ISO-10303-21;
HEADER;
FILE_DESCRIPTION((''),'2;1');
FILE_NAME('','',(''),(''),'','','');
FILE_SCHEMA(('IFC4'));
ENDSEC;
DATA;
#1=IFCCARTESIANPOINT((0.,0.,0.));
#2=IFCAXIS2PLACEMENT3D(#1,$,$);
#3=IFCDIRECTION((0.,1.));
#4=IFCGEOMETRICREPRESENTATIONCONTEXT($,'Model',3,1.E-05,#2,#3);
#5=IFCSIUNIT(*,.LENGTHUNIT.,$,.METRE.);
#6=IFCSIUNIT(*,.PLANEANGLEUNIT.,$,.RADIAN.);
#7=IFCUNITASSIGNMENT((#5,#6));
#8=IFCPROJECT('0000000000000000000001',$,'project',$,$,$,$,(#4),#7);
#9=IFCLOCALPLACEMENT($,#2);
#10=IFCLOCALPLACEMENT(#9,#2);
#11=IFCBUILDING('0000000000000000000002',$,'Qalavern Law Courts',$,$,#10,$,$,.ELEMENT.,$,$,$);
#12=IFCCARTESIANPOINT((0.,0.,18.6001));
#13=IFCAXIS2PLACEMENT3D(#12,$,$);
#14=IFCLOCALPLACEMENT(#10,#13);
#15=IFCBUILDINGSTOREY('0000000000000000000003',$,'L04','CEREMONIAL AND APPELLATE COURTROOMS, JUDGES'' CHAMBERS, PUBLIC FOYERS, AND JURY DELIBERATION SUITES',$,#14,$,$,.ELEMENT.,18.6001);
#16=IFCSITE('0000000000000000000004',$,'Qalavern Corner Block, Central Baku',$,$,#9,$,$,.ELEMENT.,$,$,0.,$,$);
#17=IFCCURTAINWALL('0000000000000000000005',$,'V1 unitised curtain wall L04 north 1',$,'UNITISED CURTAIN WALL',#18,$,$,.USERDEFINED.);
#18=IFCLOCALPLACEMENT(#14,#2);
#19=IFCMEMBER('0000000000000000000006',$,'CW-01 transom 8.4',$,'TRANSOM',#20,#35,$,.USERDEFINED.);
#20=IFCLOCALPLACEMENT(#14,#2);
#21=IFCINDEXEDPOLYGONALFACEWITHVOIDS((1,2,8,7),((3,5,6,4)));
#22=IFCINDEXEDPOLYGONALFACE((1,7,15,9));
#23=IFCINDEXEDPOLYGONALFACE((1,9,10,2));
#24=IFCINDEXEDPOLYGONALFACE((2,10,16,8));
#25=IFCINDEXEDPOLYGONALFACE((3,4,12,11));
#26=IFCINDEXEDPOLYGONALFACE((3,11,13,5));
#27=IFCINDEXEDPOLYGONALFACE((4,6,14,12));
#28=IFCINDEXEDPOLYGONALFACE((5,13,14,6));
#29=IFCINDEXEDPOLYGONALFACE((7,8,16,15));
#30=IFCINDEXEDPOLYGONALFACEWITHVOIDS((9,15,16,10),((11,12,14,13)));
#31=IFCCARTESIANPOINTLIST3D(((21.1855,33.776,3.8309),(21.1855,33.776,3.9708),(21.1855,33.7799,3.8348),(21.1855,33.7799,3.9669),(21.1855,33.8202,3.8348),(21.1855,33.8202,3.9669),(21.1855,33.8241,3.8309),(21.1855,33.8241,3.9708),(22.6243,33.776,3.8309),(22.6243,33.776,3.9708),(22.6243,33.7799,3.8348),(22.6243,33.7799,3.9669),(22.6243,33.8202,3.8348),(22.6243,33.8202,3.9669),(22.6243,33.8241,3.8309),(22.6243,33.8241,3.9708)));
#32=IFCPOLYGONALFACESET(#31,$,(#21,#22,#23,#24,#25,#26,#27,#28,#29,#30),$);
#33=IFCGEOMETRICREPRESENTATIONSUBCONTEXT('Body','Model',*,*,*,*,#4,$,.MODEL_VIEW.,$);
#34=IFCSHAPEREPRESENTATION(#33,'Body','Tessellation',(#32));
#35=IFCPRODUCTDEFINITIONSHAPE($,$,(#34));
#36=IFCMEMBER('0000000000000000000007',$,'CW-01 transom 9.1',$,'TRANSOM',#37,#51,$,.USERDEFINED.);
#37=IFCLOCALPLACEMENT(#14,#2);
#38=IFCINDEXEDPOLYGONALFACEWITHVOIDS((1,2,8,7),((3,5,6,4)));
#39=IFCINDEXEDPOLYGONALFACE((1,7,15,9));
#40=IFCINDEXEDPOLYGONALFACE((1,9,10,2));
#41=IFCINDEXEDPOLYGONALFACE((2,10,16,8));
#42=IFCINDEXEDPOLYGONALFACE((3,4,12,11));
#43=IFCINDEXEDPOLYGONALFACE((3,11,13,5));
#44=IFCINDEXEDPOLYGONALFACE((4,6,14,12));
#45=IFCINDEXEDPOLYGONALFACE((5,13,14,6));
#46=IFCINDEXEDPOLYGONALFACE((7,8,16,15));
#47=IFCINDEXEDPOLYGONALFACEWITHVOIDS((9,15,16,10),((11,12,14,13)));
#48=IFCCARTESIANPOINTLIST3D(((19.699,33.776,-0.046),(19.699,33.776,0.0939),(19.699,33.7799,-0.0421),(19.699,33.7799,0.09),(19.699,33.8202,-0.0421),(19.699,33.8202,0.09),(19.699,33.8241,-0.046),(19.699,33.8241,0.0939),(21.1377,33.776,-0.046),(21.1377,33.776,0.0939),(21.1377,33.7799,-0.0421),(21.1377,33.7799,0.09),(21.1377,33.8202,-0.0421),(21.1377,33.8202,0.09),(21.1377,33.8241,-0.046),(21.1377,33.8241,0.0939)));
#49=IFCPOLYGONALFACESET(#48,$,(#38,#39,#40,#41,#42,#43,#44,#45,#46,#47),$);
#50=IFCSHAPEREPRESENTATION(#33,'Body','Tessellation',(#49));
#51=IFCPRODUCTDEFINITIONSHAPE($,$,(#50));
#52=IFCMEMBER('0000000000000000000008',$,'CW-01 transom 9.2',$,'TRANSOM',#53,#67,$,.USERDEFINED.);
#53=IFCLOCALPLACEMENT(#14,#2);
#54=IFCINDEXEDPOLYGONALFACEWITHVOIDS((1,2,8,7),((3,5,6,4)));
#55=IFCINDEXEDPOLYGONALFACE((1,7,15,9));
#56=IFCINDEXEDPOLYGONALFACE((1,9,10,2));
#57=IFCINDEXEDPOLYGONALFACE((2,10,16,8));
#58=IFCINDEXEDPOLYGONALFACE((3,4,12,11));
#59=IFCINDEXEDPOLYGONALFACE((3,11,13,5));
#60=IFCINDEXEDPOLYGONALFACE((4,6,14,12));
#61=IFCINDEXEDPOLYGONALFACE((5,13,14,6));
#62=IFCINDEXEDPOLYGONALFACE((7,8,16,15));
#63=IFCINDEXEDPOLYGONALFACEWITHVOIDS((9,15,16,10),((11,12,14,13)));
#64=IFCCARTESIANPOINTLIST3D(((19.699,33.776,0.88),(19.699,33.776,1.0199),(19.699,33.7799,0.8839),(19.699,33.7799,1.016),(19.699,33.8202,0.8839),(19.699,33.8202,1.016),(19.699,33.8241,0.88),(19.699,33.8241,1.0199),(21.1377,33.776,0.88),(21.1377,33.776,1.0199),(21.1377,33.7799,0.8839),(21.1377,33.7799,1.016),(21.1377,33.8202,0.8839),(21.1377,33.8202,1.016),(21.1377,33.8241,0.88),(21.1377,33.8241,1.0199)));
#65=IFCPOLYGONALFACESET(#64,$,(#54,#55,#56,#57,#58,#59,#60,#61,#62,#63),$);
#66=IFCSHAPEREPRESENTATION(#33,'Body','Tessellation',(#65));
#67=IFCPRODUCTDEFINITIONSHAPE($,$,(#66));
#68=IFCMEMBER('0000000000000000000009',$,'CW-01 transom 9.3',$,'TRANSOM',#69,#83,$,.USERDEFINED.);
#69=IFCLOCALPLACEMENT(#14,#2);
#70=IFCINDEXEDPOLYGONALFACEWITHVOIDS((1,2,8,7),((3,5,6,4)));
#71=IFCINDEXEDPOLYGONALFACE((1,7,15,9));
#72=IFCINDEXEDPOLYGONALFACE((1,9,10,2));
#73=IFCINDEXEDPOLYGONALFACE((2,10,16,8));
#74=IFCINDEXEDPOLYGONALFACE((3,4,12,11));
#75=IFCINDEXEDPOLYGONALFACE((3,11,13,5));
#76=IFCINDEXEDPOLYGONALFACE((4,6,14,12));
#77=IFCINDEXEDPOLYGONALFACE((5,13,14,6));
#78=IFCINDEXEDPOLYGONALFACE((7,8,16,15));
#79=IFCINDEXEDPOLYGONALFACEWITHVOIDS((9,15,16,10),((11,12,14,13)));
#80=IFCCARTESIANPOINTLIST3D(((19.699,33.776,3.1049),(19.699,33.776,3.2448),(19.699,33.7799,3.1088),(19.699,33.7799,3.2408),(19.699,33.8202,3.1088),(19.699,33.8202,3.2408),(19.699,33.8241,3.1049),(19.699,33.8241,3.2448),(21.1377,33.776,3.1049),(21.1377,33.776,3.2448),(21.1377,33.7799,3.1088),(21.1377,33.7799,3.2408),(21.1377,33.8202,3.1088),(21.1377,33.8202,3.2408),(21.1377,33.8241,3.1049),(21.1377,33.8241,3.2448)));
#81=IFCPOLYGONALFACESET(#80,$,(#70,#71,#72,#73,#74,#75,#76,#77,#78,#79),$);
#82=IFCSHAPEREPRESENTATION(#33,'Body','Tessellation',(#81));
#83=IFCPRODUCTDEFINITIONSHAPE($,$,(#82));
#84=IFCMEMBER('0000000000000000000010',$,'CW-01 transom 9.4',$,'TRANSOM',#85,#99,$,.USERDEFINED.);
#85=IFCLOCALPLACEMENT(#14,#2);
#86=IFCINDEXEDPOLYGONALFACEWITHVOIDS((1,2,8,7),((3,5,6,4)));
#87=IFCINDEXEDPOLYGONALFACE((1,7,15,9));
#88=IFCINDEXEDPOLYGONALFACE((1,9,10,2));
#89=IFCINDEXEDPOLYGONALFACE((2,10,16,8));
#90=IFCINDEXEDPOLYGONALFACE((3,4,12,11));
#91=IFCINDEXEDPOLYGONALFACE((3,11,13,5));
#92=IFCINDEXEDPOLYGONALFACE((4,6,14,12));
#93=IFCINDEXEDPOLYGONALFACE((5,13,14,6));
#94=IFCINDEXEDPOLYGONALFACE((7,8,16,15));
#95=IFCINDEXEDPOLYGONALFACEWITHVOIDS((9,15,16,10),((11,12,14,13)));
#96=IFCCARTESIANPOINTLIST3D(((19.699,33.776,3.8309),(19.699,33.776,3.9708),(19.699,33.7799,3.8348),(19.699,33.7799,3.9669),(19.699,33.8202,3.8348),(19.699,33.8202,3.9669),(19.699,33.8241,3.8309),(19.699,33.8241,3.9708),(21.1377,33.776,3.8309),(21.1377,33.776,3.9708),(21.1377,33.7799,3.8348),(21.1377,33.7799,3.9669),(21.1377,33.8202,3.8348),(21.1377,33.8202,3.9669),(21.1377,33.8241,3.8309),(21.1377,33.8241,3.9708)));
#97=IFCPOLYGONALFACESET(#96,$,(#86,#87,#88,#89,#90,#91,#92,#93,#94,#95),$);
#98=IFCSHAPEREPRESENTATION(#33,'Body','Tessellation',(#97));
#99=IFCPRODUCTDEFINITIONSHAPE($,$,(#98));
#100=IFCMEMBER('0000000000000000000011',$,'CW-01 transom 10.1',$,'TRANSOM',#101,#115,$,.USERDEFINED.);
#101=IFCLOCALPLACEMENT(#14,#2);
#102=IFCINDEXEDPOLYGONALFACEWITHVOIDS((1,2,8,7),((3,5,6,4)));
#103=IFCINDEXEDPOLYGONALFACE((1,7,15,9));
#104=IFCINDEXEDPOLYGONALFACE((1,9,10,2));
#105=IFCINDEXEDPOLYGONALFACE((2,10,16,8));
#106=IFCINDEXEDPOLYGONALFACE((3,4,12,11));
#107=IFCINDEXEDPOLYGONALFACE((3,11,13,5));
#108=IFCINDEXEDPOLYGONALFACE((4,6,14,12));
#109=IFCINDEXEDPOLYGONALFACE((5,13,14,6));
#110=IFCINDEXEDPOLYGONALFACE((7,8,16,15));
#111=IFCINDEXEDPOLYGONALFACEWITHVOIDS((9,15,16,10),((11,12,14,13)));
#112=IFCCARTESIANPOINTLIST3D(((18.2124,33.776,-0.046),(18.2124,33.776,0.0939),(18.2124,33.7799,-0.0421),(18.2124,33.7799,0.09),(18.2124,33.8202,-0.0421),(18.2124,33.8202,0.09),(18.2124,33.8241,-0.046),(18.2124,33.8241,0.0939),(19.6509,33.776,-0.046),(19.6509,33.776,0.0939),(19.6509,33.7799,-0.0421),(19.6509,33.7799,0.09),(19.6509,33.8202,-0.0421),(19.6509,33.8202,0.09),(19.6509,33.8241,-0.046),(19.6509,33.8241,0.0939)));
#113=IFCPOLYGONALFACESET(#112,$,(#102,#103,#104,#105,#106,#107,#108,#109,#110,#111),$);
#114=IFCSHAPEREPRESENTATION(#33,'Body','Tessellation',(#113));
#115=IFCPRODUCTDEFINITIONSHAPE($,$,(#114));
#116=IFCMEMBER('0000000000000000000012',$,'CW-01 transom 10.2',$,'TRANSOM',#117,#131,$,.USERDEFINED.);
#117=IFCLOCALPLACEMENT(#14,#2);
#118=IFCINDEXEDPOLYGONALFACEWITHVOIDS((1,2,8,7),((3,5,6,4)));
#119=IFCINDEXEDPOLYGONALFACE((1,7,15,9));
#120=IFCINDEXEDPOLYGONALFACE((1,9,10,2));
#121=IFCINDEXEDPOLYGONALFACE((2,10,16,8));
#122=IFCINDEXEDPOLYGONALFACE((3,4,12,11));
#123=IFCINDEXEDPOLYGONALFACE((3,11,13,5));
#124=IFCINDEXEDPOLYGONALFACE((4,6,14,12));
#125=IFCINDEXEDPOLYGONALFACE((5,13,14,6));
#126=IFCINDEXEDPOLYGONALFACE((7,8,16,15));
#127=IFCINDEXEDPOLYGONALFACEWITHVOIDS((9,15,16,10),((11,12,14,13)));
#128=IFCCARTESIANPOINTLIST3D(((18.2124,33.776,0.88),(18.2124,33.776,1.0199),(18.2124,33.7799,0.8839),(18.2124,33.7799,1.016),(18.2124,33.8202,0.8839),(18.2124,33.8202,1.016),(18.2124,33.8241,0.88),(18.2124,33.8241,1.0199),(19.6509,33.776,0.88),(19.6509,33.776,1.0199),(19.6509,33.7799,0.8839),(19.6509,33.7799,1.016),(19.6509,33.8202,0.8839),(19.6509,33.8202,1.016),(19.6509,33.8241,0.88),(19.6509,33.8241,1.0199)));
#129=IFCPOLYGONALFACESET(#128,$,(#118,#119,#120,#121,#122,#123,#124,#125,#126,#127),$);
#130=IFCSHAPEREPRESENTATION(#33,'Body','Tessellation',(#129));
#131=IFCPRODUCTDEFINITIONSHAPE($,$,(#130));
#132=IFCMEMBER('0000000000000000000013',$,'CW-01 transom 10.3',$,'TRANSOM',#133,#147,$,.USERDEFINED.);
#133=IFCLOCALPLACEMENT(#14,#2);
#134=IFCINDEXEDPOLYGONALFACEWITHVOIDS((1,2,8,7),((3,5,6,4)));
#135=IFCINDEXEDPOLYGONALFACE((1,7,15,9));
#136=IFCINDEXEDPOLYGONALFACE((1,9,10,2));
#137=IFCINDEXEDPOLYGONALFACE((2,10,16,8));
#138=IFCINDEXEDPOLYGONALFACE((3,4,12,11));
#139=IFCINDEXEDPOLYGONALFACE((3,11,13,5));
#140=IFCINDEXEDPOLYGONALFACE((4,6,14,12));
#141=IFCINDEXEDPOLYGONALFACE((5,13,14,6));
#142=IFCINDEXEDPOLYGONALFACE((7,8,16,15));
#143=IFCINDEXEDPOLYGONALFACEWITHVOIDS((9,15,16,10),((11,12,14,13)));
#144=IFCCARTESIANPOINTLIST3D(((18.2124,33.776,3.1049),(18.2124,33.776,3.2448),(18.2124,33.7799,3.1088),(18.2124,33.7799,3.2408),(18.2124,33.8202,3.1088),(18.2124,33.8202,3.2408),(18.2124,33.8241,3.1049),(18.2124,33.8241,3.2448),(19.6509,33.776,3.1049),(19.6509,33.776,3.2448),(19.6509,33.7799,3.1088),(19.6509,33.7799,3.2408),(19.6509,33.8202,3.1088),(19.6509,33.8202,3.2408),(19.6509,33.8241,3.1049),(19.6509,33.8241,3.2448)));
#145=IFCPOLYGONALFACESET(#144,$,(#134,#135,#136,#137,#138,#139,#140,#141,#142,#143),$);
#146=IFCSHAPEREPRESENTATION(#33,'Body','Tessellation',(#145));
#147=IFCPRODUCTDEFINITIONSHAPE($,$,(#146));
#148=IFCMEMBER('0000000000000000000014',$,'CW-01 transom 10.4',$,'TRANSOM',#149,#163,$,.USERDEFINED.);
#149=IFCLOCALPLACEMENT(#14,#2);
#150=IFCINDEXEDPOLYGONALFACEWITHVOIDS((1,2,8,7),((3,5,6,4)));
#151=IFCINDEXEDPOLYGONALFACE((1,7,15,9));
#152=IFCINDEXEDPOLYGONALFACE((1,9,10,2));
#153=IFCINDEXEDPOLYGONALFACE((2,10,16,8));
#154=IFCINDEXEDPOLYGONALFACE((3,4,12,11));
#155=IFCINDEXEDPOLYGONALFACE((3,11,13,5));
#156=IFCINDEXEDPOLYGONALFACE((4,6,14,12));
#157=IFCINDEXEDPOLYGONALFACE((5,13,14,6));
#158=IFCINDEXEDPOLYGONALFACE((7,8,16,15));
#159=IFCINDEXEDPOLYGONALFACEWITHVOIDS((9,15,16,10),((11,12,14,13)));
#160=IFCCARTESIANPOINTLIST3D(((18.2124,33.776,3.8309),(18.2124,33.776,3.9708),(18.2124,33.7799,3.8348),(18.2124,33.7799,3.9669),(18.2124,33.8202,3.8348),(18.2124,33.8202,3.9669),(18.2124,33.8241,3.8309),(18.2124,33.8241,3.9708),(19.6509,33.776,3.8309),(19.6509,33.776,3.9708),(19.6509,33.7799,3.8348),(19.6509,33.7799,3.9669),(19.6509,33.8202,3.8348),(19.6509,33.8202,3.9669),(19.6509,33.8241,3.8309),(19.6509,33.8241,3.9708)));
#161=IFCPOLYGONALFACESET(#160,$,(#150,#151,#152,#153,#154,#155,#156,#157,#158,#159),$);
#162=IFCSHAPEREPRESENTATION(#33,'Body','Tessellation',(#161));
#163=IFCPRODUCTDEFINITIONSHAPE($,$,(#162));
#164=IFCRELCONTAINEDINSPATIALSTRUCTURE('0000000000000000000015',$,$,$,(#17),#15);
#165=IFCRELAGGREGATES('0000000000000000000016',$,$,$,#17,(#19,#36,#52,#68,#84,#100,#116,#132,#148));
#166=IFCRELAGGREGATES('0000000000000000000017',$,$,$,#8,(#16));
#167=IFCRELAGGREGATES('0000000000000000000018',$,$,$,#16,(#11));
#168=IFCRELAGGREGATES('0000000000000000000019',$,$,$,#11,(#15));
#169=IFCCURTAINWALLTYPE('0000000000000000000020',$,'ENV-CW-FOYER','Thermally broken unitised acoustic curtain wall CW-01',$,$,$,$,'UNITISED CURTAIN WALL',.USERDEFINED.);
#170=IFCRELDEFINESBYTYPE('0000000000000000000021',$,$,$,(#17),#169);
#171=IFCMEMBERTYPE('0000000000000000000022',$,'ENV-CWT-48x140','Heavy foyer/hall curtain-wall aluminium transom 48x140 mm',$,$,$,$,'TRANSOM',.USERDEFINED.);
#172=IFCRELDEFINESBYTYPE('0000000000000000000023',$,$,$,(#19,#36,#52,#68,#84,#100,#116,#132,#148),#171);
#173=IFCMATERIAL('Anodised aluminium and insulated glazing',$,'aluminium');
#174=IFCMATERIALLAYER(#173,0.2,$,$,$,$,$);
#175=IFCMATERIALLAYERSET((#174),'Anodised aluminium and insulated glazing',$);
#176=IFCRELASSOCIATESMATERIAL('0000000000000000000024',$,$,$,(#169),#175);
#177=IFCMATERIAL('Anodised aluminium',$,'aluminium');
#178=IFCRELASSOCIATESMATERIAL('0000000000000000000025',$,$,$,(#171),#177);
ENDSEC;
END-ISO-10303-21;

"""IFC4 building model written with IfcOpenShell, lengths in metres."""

from ifc_helpers import new_model, si_unit, direction, frame, origin, origin_2d, place, context, subcontext, project, spatial, hollow_rectangle, extrude, material, layer, layer_set, material_profile, profile_set, type_object, element, aggregate, save


model = new_model("IFC4")

# Units and contexts
model_context = context("Model", 3, precision=1e-05, world=origin(), true_north=direction((0.0, 1.0)))
body_context = subcontext(model_context, "Body", "Model", "MODEL_VIEW")
ifc_project = project(units=[si_unit("LENGTHUNIT", "METRE"), si_unit("PLANEANGLEUNIT", "RADIAN")], contexts=[model_context])

# Site, building, storey
site_placement = place(None, origin())
site = spatial("IfcSite", under=ifc_project, at=site_placement, Name="Qalavern Corner Block, Central Baku", CompositionType="ELEMENT", RefElevation=0.0)
building_placement = place(site_placement, origin())
building = spatial("IfcBuilding", under=site, at=building_placement, Name="Qalavern Law Courts", CompositionType="ELEMENT")
storey_placement = place(building_placement, frame((0.0, 0.0, 18.6001)))
storey = spatial("IfcBuildingStorey", under=building, at=storey_placement, Name="L04", Description="CEREMONIAL AND APPELLATE COURTROOMS, JUDGES' CHAMBERS, PUBLIC FOYERS, AND JURY DELIBERATION SUITES", CompositionType="ELEMENT", Elevation=18.6001)

# Curtain wall, members
ifc_material_1 = material(Name="Anodised aluminium and insulated glazing", Category="aluminium")
ifc_layer_1 = layer(ifc_material_1, 0.2)
ifc_layer_set_1 = layer_set([ifc_layer_1], Name="Anodised aluminium and insulated glazing")
curtain_wall_type = type_object("IfcCurtainWallType", Name="ENV-CW-FOYER", Description="Thermally broken unitised acoustic curtain wall CW-01", ElementType="UNITISED CURTAIN WALL", PredefinedType="USERDEFINED", material=ifc_layer_set_1)
curtain_wall_placement = place(storey_placement, origin())
curtain_wall = element("IfcCurtainWall", 1, at=curtain_wall_placement, inside=storey, type_object=curtain_wall_type, Name="V1 unitised curtain wall L04 north 1", ObjectType="UNITISED CURTAIN WALL", PredefinedType="USERDEFINED")
ifc_material_2 = material(Name="Anodised aluminium", Category="aluminium")
ifc_material_profile_1 = material_profile(ifc_material_2, hollow_rectangle(XDim=0.0481, YDim=0.1399, WallThickness=0.0039, at=origin_2d()), Name="ALU TRANSOM 48x140")
ifc_profile_set_1 = profile_set([ifc_material_profile_1], Name="Anodised aluminium")
member_type_1 = type_object("IfcMemberType", Name="ENV-CWT-48x140", Description="Heavy foyer/hall curtain-wall aluminium transom 48x140 mm", ElementType="TRANSOM", PredefinedType="USERDEFINED", material=ifc_profile_set_1)
member_1_placement = place(storey_placement, frame((22.6243, 33.8, 3.9009), z_axis=(-1.0, 0.0, 0.0), x_axis=(0.0, -1.0, 0.0)))
member_1 = element("IfcMember", 2, at=member_1_placement, type_object=member_type_1, Name="CW-01 transom 8.4", ObjectType="TRANSOM", PredefinedType="USERDEFINED", context=body_context, shape_type="SweptSolid", body=[
    extrude(hollow_rectangle(XDim=0.0481, YDim=0.1399, WallThickness=0.0039, at=origin_2d()), origin(), (0.0, 0.0, 1.0), 1.4387),
])
member_2_placement = place(storey_placement, frame((21.1377, 33.8, 0.0239), z_axis=(-1.0, 0.0, 0.0), x_axis=(0.0, -1.0, 0.0)))
member_2 = element("IfcMember", 3, at=member_2_placement, type_object=member_type_1, Name="CW-01 transom 9.1", ObjectType="TRANSOM", PredefinedType="USERDEFINED", context=body_context, shape_type="SweptSolid", body=[
    extrude(hollow_rectangle(XDim=0.0481, YDim=0.1399, WallThickness=0.0039, at=origin_2d()), origin(), (0.0, 0.0, 1.0), 1.4387),
])
member_3_placement = place(storey_placement, frame((21.1377, 33.8, 0.95), z_axis=(-1.0, 0.0, 0.0), x_axis=(0.0, -1.0, 0.0)))
member_3 = element("IfcMember", 4, at=member_3_placement, type_object=member_type_1, Name="CW-01 transom 9.2", ObjectType="TRANSOM", PredefinedType="USERDEFINED", context=body_context, shape_type="SweptSolid", body=[
    extrude(hollow_rectangle(XDim=0.0481, YDim=0.1399, WallThickness=0.0039, at=origin_2d()), origin(), (0.0, 0.0, 1.0), 1.4387),
])
member_4_placement = place(storey_placement, frame((21.1377, 33.8, 3.1748), z_axis=(-1.0, 0.0, 0.0), x_axis=(0.0, -1.0, 0.0)))
member_4 = element("IfcMember", 5, at=member_4_placement, type_object=member_type_1, Name="CW-01 transom 9.3", ObjectType="TRANSOM", PredefinedType="USERDEFINED", context=body_context, shape_type="SweptSolid", body=[
    extrude(hollow_rectangle(XDim=0.0481, YDim=0.1399, WallThickness=0.0039, at=origin_2d()), origin(), (0.0, 0.0, 1.0), 1.4387),
])
member_5_placement = place(storey_placement, frame((21.1377, 33.8, 3.9009), z_axis=(-1.0, 0.0, 0.0), x_axis=(0.0, -1.0, 0.0)))
member_5 = element("IfcMember", 6, at=member_5_placement, type_object=member_type_1, Name="CW-01 transom 9.4", ObjectType="TRANSOM", PredefinedType="USERDEFINED", context=body_context, shape_type="SweptSolid", body=[
    extrude(hollow_rectangle(XDim=0.0481, YDim=0.1399, WallThickness=0.0039, at=origin_2d()), origin(), (0.0, 0.0, 1.0), 1.4387),
])
member_6_placement = place(storey_placement, frame((19.6509, 33.8, 0.0239), z_axis=(-1.0, 0.0, 0.0), x_axis=(0.0, -1.0, 0.0)))
member_6 = element("IfcMember", 7, at=member_6_placement, type_object=member_type_1, Name="CW-01 transom 10.1", ObjectType="TRANSOM", PredefinedType="USERDEFINED", context=body_context, shape_type="SweptSolid", body=[
    extrude(hollow_rectangle(XDim=0.0481, YDim=0.1399, WallThickness=0.0039, at=origin_2d()), origin(), (0.0, 0.0, 1.0), 1.4385),
])
member_7_placement = place(storey_placement, frame((19.6509, 33.8, 0.95), z_axis=(-1.0, 0.0, 0.0), x_axis=(0.0, -1.0, 0.0)))
member_7 = element("IfcMember", 8, at=member_7_placement, type_object=member_type_1, Name="CW-01 transom 10.2", ObjectType="TRANSOM", PredefinedType="USERDEFINED", context=body_context, shape_type="SweptSolid", body=[
    extrude(hollow_rectangle(XDim=0.0481, YDim=0.1399, WallThickness=0.0039, at=origin_2d()), origin(), (0.0, 0.0, 1.0), 1.4385),
])
member_8_placement = place(storey_placement, frame((19.6509, 33.8, 3.1748), z_axis=(-1.0, 0.0, 0.0), x_axis=(0.0, -1.0, 0.0)))
member_8 = element("IfcMember", 9, at=member_8_placement, type_object=member_type_1, Name="CW-01 transom 10.3", ObjectType="TRANSOM", PredefinedType="USERDEFINED", context=body_context, shape_type="SweptSolid", body=[
    extrude(hollow_rectangle(XDim=0.0481, YDim=0.1399, WallThickness=0.0039, at=origin_2d()), origin(), (0.0, 0.0, 1.0), 1.4385),
])
member_9_placement = place(storey_placement, frame((19.6509, 33.8, 3.9009), z_axis=(-1.0, 0.0, 0.0), x_axis=(0.0, -1.0, 0.0)))
member_9 = element("IfcMember", 10, at=member_9_placement, type_object=member_type_1, Name="CW-01 transom 10.4", ObjectType="TRANSOM", PredefinedType="USERDEFINED", context=body_context, shape_type="SweptSolid", body=[
    extrude(hollow_rectangle(XDim=0.0481, YDim=0.1399, WallThickness=0.0039, at=origin_2d()), origin(), (0.0, 0.0, 1.0), 1.4385),
])

aggregate(curtain_wall, [member_1, member_2, member_3, member_4, member_5, member_6, member_7, member_8, member_9])

save(model, "model.ifc")
